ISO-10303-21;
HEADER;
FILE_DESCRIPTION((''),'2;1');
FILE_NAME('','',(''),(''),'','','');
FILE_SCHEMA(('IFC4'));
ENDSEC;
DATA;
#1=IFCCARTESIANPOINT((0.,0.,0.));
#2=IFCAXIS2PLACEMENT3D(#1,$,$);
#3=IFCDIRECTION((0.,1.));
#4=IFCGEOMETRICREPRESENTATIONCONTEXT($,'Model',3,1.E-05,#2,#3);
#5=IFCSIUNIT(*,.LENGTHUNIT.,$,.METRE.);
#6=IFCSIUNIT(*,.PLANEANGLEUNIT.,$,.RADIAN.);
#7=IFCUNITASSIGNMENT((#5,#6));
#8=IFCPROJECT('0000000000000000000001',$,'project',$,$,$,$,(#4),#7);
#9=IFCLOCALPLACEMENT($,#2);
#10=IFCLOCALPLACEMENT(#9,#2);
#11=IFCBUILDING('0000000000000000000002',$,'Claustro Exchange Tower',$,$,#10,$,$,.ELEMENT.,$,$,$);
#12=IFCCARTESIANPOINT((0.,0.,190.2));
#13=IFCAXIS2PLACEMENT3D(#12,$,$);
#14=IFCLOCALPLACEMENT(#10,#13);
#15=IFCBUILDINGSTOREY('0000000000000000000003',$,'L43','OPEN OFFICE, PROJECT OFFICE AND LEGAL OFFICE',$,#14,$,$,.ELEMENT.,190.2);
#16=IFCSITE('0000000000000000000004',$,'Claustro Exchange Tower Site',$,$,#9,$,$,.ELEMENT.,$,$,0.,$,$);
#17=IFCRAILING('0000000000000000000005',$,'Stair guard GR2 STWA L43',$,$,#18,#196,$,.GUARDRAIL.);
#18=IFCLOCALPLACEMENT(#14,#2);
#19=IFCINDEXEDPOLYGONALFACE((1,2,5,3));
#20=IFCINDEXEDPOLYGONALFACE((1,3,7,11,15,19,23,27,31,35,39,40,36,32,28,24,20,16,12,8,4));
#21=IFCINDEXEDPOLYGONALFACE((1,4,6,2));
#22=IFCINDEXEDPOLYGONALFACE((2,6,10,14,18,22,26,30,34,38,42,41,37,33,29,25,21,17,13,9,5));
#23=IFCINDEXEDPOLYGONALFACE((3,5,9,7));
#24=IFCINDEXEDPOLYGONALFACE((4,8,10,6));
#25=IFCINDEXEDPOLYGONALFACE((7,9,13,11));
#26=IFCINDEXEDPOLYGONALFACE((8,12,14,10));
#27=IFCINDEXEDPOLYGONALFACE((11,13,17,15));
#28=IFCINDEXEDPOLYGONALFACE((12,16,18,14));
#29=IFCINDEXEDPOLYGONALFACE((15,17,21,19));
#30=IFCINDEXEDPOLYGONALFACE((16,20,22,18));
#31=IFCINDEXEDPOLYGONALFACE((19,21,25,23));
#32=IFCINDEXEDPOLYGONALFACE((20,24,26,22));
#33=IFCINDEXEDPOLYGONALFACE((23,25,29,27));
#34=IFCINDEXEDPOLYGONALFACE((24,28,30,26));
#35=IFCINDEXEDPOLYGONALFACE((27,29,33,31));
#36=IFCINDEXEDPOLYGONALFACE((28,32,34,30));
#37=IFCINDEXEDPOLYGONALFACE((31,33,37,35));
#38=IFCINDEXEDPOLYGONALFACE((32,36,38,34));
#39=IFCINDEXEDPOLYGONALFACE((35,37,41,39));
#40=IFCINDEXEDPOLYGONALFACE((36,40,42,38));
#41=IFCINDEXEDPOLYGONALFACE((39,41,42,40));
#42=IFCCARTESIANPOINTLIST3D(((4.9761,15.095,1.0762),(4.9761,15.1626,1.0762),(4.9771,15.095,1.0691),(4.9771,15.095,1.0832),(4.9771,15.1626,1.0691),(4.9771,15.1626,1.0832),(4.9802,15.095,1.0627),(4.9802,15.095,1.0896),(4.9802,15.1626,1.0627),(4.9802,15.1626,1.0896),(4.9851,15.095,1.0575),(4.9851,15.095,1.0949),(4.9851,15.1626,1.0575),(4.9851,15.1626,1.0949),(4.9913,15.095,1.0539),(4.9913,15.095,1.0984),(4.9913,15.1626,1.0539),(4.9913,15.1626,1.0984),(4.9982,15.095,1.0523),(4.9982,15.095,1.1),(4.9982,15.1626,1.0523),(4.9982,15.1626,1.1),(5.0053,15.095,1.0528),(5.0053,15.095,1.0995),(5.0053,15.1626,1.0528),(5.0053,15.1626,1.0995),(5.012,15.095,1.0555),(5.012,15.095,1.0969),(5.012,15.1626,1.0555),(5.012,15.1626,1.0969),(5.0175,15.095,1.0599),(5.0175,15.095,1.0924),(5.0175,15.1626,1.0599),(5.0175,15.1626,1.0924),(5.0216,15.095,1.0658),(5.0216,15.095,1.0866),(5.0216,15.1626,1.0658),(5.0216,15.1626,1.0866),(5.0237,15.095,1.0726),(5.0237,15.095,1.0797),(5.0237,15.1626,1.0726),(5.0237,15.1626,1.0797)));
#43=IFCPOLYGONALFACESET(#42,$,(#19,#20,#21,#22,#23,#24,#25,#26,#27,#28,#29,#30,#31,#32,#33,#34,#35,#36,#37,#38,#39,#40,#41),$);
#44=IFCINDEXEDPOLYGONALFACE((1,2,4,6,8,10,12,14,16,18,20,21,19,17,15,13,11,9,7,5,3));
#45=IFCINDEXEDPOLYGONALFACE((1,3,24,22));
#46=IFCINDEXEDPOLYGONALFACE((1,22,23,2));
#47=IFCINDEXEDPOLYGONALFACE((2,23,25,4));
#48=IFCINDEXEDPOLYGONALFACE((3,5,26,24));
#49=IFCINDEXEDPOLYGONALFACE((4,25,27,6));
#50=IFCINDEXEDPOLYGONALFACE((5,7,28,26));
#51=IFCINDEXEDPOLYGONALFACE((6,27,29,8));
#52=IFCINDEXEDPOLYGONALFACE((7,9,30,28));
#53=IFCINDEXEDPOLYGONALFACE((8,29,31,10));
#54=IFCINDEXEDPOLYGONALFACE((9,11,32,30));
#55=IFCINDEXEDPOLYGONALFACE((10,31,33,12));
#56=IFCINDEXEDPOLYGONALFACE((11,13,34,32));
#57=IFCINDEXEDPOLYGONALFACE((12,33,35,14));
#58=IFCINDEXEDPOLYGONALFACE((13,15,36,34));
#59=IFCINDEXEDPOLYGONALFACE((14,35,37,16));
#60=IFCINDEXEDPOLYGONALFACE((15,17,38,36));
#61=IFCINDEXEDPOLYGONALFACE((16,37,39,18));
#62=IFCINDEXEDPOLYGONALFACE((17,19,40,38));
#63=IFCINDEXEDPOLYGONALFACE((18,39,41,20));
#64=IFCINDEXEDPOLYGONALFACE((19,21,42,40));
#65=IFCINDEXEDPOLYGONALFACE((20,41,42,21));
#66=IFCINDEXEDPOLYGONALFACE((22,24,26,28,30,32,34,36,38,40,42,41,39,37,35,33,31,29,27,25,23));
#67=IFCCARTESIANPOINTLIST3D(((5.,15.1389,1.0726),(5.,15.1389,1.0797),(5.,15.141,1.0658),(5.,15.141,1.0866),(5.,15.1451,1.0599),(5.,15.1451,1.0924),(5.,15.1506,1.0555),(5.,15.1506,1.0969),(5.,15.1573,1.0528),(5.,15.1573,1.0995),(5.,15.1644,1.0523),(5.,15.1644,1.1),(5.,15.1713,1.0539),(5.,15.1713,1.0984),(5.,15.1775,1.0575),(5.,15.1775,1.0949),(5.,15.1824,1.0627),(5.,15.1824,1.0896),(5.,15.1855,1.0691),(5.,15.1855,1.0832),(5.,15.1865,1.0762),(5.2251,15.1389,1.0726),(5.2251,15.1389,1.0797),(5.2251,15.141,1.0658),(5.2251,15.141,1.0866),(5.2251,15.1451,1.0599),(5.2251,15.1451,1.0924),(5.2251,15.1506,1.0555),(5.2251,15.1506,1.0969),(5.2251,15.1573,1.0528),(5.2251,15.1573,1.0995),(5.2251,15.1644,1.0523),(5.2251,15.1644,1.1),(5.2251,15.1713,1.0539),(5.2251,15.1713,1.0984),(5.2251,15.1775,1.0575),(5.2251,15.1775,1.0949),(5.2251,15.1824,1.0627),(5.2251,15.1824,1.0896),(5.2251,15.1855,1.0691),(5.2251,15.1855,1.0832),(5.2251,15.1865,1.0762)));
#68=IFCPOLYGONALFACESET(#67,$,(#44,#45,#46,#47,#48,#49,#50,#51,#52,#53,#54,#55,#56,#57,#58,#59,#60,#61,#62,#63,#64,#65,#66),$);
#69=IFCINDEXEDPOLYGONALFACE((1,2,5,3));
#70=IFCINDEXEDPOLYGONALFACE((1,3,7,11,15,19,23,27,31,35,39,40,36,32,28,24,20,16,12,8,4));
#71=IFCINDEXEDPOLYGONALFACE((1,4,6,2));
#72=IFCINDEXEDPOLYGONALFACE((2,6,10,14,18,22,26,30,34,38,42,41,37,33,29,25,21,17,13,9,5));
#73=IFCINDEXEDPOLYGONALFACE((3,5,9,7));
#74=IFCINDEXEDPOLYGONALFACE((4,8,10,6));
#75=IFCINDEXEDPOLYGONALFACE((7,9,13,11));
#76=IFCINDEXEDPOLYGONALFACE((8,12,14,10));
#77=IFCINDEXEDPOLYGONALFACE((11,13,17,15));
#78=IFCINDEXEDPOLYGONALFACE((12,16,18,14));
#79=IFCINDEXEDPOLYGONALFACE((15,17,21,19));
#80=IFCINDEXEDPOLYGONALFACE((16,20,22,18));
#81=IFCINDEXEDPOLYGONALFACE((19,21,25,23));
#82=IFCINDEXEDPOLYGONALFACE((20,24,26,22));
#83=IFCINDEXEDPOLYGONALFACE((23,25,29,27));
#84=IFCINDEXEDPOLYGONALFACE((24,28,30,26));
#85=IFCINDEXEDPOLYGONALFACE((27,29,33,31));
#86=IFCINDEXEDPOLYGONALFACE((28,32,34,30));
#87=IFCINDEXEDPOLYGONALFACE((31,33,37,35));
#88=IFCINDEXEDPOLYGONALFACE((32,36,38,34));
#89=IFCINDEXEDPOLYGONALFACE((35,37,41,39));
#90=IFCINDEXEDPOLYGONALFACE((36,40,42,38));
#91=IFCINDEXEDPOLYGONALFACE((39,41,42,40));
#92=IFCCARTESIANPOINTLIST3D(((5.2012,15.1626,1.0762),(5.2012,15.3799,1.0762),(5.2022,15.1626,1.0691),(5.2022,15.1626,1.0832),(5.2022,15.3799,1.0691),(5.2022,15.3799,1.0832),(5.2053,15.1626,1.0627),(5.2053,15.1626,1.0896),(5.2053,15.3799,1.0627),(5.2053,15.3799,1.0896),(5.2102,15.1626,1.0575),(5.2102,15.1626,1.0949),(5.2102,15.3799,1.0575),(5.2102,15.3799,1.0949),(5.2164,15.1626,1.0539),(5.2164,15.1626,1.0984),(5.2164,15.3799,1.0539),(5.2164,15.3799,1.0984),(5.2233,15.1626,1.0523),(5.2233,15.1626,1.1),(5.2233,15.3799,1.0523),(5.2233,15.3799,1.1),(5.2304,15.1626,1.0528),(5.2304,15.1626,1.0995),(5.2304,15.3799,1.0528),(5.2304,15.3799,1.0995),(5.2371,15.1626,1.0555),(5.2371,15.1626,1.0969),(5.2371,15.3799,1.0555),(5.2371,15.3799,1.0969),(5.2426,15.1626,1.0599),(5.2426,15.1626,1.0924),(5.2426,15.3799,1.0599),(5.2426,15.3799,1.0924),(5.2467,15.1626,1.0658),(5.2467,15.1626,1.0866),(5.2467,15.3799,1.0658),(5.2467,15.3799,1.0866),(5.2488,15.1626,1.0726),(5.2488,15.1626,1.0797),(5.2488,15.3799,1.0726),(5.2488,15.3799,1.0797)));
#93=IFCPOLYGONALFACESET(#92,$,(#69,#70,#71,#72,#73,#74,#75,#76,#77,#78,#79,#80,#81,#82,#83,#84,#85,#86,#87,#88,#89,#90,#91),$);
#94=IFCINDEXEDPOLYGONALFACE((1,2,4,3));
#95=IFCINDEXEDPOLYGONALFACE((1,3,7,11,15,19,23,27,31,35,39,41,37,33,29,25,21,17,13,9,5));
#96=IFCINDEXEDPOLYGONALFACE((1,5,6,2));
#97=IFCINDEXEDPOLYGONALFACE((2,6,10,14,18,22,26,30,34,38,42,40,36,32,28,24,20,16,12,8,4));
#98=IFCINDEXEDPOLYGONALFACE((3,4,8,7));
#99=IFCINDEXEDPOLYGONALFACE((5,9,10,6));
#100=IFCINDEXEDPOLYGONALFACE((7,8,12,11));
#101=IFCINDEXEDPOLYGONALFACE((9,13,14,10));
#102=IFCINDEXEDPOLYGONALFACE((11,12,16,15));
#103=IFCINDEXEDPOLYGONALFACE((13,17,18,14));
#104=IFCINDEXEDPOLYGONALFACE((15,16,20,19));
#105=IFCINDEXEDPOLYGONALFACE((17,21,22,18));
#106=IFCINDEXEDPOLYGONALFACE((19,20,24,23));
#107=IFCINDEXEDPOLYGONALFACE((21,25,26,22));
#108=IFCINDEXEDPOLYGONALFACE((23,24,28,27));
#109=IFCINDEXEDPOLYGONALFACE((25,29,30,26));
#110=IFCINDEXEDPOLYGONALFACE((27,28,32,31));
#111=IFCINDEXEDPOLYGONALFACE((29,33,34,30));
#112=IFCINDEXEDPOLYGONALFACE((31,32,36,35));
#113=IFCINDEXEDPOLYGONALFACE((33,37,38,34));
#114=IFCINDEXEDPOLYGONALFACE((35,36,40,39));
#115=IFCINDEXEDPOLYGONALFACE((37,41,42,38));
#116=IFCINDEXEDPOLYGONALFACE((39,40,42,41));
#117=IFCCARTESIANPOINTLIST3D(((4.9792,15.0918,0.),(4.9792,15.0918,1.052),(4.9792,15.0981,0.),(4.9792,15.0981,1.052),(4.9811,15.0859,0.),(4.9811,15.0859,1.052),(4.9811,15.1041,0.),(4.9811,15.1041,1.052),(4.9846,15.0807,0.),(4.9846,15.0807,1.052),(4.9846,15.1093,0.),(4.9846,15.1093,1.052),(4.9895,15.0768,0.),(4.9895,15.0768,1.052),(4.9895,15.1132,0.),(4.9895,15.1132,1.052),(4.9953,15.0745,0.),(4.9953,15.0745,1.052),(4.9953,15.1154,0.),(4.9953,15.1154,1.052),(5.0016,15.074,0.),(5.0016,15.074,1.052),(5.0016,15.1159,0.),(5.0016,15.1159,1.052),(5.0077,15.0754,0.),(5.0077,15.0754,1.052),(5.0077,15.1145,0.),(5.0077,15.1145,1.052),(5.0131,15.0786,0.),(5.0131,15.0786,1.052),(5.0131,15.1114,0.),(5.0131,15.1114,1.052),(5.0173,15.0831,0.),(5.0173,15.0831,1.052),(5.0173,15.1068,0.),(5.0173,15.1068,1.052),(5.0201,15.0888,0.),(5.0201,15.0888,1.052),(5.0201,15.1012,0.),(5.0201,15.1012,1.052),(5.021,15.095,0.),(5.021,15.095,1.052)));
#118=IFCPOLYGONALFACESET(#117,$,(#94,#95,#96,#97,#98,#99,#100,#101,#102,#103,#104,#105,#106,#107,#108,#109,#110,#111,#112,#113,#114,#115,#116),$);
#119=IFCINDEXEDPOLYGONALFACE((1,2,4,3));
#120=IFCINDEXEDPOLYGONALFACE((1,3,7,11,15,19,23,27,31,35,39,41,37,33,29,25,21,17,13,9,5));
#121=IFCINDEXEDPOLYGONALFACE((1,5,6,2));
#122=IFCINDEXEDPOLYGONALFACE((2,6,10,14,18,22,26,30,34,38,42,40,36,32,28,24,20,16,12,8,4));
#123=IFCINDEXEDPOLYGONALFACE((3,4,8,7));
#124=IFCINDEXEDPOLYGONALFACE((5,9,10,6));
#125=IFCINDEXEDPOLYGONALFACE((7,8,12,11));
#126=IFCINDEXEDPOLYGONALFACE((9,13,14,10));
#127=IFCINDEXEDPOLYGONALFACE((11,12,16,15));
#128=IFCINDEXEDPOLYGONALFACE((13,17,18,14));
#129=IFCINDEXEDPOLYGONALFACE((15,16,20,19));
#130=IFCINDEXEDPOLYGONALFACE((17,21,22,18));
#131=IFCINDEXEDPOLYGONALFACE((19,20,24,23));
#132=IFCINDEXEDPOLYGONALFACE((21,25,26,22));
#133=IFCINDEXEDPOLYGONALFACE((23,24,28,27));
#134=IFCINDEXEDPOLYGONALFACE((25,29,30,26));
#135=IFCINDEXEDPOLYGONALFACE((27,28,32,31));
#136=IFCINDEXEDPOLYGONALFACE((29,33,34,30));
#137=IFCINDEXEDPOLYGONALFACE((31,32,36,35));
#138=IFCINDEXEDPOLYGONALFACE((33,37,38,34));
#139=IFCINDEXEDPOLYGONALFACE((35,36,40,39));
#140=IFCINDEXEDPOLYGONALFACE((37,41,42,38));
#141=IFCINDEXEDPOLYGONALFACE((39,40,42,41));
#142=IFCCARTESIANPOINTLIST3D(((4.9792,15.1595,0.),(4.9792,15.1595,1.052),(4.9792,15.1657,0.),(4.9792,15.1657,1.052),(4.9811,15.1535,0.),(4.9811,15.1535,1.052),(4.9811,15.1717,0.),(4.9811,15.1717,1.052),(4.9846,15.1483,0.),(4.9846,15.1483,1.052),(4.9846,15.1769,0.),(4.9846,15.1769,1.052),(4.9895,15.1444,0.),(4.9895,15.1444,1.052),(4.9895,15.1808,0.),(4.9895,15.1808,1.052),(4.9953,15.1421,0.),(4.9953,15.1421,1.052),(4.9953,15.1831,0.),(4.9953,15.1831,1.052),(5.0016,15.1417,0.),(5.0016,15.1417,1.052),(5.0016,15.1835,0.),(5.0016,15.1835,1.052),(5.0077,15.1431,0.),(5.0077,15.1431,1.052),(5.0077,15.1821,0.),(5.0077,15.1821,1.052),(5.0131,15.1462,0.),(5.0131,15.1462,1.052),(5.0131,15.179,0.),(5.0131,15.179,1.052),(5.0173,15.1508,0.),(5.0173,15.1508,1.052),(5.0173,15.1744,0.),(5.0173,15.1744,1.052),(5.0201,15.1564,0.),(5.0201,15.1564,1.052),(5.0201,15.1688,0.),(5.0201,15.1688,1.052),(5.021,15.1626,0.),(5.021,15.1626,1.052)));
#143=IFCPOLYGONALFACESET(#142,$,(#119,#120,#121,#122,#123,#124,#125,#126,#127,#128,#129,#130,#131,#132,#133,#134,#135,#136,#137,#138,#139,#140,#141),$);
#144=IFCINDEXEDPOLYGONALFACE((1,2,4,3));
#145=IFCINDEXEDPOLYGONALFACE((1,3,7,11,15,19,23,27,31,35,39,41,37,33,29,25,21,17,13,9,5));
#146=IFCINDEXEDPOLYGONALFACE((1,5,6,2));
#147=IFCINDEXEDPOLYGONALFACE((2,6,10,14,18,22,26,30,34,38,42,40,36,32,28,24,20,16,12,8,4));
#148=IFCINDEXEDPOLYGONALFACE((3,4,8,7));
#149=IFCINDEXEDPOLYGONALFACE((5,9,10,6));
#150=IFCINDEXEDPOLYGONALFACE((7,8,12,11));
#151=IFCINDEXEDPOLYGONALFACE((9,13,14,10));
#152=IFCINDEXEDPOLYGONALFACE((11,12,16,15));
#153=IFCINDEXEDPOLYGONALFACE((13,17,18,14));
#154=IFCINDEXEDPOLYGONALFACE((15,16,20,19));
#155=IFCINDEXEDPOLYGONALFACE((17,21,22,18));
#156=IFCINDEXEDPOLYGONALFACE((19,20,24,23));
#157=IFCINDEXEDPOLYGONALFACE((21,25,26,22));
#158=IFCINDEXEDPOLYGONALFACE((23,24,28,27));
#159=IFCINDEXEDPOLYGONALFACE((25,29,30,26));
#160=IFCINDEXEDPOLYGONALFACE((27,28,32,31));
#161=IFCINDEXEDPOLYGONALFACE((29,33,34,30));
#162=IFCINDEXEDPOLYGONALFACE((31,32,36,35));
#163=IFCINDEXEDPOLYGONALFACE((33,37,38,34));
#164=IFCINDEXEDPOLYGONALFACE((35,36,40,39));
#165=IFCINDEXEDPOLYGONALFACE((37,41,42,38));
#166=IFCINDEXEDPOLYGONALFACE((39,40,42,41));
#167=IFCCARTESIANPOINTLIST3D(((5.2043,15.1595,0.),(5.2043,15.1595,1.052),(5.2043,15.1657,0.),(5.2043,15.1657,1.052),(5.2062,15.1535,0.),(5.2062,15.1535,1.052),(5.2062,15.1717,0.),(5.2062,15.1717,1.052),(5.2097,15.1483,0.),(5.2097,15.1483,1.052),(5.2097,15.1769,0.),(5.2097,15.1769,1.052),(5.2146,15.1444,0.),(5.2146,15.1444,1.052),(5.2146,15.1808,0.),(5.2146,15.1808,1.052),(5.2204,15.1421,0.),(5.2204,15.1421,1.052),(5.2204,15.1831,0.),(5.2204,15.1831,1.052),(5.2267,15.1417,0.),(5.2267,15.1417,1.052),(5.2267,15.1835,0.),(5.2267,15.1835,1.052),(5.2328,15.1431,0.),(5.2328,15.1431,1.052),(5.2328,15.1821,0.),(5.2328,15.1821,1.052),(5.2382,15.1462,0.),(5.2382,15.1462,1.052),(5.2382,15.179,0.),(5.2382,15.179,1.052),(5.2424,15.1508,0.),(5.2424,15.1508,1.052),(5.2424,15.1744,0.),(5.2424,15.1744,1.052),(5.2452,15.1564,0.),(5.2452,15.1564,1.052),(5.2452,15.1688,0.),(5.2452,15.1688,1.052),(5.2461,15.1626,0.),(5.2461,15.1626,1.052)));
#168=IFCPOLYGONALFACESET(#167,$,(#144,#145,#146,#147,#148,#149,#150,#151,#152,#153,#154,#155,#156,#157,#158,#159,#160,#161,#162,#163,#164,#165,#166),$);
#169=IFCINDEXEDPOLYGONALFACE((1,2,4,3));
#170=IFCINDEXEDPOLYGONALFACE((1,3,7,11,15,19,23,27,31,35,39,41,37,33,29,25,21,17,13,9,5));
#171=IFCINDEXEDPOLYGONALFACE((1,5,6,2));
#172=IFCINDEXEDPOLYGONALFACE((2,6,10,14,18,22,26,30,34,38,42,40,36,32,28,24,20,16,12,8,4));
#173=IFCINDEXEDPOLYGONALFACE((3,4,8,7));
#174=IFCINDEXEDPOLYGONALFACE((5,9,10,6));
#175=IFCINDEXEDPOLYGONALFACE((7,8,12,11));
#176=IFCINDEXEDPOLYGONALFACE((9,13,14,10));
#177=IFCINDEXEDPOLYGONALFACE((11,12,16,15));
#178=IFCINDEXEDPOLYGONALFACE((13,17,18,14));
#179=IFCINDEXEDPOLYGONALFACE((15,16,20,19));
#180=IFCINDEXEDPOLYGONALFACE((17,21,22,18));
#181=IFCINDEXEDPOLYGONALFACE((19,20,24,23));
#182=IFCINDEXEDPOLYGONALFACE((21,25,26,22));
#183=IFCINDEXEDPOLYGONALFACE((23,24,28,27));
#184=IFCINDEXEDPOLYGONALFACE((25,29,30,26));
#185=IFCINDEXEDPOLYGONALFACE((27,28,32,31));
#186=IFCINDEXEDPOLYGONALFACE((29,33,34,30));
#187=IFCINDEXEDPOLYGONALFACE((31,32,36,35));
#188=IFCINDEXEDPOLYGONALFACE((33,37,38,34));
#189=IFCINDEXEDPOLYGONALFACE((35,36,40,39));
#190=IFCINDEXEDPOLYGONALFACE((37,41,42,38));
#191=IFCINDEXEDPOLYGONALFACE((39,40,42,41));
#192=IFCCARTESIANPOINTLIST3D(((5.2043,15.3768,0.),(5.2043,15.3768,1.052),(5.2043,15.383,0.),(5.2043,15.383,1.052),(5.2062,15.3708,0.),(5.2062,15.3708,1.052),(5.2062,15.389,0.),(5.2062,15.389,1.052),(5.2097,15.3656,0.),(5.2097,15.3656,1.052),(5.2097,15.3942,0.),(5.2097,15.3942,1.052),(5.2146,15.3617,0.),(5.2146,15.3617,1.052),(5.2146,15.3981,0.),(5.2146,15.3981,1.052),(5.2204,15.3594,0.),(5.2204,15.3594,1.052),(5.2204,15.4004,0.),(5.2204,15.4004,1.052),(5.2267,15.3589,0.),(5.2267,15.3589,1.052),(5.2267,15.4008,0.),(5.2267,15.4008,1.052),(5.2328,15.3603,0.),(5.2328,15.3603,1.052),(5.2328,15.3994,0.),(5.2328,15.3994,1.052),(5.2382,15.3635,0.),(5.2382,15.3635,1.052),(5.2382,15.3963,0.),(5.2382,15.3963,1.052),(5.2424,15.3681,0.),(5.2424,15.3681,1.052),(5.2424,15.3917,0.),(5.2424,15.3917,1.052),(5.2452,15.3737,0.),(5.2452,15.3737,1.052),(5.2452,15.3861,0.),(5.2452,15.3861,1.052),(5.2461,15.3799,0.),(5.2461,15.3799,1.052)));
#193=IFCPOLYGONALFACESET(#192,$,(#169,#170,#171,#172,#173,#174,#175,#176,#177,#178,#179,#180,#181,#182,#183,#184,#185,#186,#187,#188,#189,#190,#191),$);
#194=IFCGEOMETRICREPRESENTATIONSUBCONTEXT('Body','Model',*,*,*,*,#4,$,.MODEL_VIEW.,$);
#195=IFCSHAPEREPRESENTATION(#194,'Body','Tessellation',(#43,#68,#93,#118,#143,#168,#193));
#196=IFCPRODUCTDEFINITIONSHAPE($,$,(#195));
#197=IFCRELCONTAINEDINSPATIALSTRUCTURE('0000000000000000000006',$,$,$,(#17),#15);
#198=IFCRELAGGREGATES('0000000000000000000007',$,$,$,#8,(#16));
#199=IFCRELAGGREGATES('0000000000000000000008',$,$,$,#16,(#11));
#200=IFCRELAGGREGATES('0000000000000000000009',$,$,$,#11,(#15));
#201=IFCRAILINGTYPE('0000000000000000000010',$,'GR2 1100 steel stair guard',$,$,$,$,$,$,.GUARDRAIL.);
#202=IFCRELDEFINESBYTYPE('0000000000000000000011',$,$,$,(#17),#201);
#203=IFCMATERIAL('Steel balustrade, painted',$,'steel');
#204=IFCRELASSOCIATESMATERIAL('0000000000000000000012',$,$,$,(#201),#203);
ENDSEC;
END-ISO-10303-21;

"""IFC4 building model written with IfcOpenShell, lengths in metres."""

from ifc_helpers import new_model, si_unit, direction, frame, origin, origin_2d, place, context, subcontext, project, spatial, circle, extrude, material, type_object, element, save


model = new_model("IFC4")

# Units and contexts
model_context = context("Model", 3, precision=1e-05, world=origin(), true_north=direction((0.0, 1.0)))
body_context = subcontext(model_context, "Body", "Model", "MODEL_VIEW")
ifc_project = project(units=[si_unit("LENGTHUNIT", "METRE"), si_unit("PLANEANGLEUNIT", "RADIAN")], contexts=[model_context])

# Site, building, storey
site_placement = place(None, origin())
site = spatial("IfcSite", under=ifc_project, at=site_placement, Name="Claustro Exchange Tower Site", CompositionType="ELEMENT", RefElevation=0.0)
building_placement = place(site_placement, origin())
building = spatial("IfcBuilding", under=site, at=building_placement, Name="Claustro Exchange Tower", CompositionType="ELEMENT")
storey_placement = place(building_placement, frame((0.0, 0.0, 190.2)))
storey = spatial("IfcBuildingStorey", under=building, at=storey_placement, Name="L43", Description="OPEN OFFICE, PROJECT OFFICE AND LEGAL OFFICE", CompositionType="ELEMENT", Elevation=190.2)

# Railing
ifc_material_1 = material(Name="Steel balustrade, painted", Category="steel")
railing_type_1 = type_object("IfcRailingType", Name="GR2 1100 steel stair guard", PredefinedType="GUARDRAIL", material=ifc_material_1)
railing_1_placement = place(storey_placement, frame((5.0, 15.095, 0.0)))
element("IfcRailing", 1, at=railing_1_placement, inside=storey, type_object=railing_type_1, Name="Stair guard GR2 STWA L43", PredefinedType="GUARDRAIL", context=body_context, shape_type="SweptSolid", body=[
    extrude(circle(Radius=0.0239, at=origin_2d()), frame((0.0, 0.0, 1.0762), z_axis=(0.0, 1.0, 0.0), x_axis=(-1.0, 0.0, 0.0)), (0.0, 0.0, 1.0), 0.0676),
    extrude(circle(Radius=0.0239, at=origin_2d()), frame((0.0, 0.0676, 1.0762), z_axis=(1.0, 0.0, 0.0), x_axis=(0.0, 1.0, 0.0)), (0.0, 0.0, 1.0), 0.2251),
    extrude(circle(Radius=0.0239, at=origin_2d()), frame((0.2251, 0.0676, 1.0762), z_axis=(0.0, 1.0, 0.0), x_axis=(-1.0, 0.0, 0.0)), (0.0, 0.0, 1.0), 0.2173),
    extrude(circle(Radius=0.021, at=origin_2d()), origin(), (0.0, 0.0, 1.0), 1.052),
    extrude(circle(Radius=0.021, at=origin_2d()), frame((0.0, 0.0676, 0.0)), (0.0, 0.0, 1.0), 1.052),
    extrude(circle(Radius=0.021, at=origin_2d()), frame((0.2251, 0.0676, 0.0)), (0.0, 0.0, 1.0), 1.052),
    extrude(circle(Radius=0.021, at=origin_2d()), frame((0.2251, 0.2849, 0.0)), (0.0, 0.0, 1.0), 1.052),
])

save(model, "model.ifc")
